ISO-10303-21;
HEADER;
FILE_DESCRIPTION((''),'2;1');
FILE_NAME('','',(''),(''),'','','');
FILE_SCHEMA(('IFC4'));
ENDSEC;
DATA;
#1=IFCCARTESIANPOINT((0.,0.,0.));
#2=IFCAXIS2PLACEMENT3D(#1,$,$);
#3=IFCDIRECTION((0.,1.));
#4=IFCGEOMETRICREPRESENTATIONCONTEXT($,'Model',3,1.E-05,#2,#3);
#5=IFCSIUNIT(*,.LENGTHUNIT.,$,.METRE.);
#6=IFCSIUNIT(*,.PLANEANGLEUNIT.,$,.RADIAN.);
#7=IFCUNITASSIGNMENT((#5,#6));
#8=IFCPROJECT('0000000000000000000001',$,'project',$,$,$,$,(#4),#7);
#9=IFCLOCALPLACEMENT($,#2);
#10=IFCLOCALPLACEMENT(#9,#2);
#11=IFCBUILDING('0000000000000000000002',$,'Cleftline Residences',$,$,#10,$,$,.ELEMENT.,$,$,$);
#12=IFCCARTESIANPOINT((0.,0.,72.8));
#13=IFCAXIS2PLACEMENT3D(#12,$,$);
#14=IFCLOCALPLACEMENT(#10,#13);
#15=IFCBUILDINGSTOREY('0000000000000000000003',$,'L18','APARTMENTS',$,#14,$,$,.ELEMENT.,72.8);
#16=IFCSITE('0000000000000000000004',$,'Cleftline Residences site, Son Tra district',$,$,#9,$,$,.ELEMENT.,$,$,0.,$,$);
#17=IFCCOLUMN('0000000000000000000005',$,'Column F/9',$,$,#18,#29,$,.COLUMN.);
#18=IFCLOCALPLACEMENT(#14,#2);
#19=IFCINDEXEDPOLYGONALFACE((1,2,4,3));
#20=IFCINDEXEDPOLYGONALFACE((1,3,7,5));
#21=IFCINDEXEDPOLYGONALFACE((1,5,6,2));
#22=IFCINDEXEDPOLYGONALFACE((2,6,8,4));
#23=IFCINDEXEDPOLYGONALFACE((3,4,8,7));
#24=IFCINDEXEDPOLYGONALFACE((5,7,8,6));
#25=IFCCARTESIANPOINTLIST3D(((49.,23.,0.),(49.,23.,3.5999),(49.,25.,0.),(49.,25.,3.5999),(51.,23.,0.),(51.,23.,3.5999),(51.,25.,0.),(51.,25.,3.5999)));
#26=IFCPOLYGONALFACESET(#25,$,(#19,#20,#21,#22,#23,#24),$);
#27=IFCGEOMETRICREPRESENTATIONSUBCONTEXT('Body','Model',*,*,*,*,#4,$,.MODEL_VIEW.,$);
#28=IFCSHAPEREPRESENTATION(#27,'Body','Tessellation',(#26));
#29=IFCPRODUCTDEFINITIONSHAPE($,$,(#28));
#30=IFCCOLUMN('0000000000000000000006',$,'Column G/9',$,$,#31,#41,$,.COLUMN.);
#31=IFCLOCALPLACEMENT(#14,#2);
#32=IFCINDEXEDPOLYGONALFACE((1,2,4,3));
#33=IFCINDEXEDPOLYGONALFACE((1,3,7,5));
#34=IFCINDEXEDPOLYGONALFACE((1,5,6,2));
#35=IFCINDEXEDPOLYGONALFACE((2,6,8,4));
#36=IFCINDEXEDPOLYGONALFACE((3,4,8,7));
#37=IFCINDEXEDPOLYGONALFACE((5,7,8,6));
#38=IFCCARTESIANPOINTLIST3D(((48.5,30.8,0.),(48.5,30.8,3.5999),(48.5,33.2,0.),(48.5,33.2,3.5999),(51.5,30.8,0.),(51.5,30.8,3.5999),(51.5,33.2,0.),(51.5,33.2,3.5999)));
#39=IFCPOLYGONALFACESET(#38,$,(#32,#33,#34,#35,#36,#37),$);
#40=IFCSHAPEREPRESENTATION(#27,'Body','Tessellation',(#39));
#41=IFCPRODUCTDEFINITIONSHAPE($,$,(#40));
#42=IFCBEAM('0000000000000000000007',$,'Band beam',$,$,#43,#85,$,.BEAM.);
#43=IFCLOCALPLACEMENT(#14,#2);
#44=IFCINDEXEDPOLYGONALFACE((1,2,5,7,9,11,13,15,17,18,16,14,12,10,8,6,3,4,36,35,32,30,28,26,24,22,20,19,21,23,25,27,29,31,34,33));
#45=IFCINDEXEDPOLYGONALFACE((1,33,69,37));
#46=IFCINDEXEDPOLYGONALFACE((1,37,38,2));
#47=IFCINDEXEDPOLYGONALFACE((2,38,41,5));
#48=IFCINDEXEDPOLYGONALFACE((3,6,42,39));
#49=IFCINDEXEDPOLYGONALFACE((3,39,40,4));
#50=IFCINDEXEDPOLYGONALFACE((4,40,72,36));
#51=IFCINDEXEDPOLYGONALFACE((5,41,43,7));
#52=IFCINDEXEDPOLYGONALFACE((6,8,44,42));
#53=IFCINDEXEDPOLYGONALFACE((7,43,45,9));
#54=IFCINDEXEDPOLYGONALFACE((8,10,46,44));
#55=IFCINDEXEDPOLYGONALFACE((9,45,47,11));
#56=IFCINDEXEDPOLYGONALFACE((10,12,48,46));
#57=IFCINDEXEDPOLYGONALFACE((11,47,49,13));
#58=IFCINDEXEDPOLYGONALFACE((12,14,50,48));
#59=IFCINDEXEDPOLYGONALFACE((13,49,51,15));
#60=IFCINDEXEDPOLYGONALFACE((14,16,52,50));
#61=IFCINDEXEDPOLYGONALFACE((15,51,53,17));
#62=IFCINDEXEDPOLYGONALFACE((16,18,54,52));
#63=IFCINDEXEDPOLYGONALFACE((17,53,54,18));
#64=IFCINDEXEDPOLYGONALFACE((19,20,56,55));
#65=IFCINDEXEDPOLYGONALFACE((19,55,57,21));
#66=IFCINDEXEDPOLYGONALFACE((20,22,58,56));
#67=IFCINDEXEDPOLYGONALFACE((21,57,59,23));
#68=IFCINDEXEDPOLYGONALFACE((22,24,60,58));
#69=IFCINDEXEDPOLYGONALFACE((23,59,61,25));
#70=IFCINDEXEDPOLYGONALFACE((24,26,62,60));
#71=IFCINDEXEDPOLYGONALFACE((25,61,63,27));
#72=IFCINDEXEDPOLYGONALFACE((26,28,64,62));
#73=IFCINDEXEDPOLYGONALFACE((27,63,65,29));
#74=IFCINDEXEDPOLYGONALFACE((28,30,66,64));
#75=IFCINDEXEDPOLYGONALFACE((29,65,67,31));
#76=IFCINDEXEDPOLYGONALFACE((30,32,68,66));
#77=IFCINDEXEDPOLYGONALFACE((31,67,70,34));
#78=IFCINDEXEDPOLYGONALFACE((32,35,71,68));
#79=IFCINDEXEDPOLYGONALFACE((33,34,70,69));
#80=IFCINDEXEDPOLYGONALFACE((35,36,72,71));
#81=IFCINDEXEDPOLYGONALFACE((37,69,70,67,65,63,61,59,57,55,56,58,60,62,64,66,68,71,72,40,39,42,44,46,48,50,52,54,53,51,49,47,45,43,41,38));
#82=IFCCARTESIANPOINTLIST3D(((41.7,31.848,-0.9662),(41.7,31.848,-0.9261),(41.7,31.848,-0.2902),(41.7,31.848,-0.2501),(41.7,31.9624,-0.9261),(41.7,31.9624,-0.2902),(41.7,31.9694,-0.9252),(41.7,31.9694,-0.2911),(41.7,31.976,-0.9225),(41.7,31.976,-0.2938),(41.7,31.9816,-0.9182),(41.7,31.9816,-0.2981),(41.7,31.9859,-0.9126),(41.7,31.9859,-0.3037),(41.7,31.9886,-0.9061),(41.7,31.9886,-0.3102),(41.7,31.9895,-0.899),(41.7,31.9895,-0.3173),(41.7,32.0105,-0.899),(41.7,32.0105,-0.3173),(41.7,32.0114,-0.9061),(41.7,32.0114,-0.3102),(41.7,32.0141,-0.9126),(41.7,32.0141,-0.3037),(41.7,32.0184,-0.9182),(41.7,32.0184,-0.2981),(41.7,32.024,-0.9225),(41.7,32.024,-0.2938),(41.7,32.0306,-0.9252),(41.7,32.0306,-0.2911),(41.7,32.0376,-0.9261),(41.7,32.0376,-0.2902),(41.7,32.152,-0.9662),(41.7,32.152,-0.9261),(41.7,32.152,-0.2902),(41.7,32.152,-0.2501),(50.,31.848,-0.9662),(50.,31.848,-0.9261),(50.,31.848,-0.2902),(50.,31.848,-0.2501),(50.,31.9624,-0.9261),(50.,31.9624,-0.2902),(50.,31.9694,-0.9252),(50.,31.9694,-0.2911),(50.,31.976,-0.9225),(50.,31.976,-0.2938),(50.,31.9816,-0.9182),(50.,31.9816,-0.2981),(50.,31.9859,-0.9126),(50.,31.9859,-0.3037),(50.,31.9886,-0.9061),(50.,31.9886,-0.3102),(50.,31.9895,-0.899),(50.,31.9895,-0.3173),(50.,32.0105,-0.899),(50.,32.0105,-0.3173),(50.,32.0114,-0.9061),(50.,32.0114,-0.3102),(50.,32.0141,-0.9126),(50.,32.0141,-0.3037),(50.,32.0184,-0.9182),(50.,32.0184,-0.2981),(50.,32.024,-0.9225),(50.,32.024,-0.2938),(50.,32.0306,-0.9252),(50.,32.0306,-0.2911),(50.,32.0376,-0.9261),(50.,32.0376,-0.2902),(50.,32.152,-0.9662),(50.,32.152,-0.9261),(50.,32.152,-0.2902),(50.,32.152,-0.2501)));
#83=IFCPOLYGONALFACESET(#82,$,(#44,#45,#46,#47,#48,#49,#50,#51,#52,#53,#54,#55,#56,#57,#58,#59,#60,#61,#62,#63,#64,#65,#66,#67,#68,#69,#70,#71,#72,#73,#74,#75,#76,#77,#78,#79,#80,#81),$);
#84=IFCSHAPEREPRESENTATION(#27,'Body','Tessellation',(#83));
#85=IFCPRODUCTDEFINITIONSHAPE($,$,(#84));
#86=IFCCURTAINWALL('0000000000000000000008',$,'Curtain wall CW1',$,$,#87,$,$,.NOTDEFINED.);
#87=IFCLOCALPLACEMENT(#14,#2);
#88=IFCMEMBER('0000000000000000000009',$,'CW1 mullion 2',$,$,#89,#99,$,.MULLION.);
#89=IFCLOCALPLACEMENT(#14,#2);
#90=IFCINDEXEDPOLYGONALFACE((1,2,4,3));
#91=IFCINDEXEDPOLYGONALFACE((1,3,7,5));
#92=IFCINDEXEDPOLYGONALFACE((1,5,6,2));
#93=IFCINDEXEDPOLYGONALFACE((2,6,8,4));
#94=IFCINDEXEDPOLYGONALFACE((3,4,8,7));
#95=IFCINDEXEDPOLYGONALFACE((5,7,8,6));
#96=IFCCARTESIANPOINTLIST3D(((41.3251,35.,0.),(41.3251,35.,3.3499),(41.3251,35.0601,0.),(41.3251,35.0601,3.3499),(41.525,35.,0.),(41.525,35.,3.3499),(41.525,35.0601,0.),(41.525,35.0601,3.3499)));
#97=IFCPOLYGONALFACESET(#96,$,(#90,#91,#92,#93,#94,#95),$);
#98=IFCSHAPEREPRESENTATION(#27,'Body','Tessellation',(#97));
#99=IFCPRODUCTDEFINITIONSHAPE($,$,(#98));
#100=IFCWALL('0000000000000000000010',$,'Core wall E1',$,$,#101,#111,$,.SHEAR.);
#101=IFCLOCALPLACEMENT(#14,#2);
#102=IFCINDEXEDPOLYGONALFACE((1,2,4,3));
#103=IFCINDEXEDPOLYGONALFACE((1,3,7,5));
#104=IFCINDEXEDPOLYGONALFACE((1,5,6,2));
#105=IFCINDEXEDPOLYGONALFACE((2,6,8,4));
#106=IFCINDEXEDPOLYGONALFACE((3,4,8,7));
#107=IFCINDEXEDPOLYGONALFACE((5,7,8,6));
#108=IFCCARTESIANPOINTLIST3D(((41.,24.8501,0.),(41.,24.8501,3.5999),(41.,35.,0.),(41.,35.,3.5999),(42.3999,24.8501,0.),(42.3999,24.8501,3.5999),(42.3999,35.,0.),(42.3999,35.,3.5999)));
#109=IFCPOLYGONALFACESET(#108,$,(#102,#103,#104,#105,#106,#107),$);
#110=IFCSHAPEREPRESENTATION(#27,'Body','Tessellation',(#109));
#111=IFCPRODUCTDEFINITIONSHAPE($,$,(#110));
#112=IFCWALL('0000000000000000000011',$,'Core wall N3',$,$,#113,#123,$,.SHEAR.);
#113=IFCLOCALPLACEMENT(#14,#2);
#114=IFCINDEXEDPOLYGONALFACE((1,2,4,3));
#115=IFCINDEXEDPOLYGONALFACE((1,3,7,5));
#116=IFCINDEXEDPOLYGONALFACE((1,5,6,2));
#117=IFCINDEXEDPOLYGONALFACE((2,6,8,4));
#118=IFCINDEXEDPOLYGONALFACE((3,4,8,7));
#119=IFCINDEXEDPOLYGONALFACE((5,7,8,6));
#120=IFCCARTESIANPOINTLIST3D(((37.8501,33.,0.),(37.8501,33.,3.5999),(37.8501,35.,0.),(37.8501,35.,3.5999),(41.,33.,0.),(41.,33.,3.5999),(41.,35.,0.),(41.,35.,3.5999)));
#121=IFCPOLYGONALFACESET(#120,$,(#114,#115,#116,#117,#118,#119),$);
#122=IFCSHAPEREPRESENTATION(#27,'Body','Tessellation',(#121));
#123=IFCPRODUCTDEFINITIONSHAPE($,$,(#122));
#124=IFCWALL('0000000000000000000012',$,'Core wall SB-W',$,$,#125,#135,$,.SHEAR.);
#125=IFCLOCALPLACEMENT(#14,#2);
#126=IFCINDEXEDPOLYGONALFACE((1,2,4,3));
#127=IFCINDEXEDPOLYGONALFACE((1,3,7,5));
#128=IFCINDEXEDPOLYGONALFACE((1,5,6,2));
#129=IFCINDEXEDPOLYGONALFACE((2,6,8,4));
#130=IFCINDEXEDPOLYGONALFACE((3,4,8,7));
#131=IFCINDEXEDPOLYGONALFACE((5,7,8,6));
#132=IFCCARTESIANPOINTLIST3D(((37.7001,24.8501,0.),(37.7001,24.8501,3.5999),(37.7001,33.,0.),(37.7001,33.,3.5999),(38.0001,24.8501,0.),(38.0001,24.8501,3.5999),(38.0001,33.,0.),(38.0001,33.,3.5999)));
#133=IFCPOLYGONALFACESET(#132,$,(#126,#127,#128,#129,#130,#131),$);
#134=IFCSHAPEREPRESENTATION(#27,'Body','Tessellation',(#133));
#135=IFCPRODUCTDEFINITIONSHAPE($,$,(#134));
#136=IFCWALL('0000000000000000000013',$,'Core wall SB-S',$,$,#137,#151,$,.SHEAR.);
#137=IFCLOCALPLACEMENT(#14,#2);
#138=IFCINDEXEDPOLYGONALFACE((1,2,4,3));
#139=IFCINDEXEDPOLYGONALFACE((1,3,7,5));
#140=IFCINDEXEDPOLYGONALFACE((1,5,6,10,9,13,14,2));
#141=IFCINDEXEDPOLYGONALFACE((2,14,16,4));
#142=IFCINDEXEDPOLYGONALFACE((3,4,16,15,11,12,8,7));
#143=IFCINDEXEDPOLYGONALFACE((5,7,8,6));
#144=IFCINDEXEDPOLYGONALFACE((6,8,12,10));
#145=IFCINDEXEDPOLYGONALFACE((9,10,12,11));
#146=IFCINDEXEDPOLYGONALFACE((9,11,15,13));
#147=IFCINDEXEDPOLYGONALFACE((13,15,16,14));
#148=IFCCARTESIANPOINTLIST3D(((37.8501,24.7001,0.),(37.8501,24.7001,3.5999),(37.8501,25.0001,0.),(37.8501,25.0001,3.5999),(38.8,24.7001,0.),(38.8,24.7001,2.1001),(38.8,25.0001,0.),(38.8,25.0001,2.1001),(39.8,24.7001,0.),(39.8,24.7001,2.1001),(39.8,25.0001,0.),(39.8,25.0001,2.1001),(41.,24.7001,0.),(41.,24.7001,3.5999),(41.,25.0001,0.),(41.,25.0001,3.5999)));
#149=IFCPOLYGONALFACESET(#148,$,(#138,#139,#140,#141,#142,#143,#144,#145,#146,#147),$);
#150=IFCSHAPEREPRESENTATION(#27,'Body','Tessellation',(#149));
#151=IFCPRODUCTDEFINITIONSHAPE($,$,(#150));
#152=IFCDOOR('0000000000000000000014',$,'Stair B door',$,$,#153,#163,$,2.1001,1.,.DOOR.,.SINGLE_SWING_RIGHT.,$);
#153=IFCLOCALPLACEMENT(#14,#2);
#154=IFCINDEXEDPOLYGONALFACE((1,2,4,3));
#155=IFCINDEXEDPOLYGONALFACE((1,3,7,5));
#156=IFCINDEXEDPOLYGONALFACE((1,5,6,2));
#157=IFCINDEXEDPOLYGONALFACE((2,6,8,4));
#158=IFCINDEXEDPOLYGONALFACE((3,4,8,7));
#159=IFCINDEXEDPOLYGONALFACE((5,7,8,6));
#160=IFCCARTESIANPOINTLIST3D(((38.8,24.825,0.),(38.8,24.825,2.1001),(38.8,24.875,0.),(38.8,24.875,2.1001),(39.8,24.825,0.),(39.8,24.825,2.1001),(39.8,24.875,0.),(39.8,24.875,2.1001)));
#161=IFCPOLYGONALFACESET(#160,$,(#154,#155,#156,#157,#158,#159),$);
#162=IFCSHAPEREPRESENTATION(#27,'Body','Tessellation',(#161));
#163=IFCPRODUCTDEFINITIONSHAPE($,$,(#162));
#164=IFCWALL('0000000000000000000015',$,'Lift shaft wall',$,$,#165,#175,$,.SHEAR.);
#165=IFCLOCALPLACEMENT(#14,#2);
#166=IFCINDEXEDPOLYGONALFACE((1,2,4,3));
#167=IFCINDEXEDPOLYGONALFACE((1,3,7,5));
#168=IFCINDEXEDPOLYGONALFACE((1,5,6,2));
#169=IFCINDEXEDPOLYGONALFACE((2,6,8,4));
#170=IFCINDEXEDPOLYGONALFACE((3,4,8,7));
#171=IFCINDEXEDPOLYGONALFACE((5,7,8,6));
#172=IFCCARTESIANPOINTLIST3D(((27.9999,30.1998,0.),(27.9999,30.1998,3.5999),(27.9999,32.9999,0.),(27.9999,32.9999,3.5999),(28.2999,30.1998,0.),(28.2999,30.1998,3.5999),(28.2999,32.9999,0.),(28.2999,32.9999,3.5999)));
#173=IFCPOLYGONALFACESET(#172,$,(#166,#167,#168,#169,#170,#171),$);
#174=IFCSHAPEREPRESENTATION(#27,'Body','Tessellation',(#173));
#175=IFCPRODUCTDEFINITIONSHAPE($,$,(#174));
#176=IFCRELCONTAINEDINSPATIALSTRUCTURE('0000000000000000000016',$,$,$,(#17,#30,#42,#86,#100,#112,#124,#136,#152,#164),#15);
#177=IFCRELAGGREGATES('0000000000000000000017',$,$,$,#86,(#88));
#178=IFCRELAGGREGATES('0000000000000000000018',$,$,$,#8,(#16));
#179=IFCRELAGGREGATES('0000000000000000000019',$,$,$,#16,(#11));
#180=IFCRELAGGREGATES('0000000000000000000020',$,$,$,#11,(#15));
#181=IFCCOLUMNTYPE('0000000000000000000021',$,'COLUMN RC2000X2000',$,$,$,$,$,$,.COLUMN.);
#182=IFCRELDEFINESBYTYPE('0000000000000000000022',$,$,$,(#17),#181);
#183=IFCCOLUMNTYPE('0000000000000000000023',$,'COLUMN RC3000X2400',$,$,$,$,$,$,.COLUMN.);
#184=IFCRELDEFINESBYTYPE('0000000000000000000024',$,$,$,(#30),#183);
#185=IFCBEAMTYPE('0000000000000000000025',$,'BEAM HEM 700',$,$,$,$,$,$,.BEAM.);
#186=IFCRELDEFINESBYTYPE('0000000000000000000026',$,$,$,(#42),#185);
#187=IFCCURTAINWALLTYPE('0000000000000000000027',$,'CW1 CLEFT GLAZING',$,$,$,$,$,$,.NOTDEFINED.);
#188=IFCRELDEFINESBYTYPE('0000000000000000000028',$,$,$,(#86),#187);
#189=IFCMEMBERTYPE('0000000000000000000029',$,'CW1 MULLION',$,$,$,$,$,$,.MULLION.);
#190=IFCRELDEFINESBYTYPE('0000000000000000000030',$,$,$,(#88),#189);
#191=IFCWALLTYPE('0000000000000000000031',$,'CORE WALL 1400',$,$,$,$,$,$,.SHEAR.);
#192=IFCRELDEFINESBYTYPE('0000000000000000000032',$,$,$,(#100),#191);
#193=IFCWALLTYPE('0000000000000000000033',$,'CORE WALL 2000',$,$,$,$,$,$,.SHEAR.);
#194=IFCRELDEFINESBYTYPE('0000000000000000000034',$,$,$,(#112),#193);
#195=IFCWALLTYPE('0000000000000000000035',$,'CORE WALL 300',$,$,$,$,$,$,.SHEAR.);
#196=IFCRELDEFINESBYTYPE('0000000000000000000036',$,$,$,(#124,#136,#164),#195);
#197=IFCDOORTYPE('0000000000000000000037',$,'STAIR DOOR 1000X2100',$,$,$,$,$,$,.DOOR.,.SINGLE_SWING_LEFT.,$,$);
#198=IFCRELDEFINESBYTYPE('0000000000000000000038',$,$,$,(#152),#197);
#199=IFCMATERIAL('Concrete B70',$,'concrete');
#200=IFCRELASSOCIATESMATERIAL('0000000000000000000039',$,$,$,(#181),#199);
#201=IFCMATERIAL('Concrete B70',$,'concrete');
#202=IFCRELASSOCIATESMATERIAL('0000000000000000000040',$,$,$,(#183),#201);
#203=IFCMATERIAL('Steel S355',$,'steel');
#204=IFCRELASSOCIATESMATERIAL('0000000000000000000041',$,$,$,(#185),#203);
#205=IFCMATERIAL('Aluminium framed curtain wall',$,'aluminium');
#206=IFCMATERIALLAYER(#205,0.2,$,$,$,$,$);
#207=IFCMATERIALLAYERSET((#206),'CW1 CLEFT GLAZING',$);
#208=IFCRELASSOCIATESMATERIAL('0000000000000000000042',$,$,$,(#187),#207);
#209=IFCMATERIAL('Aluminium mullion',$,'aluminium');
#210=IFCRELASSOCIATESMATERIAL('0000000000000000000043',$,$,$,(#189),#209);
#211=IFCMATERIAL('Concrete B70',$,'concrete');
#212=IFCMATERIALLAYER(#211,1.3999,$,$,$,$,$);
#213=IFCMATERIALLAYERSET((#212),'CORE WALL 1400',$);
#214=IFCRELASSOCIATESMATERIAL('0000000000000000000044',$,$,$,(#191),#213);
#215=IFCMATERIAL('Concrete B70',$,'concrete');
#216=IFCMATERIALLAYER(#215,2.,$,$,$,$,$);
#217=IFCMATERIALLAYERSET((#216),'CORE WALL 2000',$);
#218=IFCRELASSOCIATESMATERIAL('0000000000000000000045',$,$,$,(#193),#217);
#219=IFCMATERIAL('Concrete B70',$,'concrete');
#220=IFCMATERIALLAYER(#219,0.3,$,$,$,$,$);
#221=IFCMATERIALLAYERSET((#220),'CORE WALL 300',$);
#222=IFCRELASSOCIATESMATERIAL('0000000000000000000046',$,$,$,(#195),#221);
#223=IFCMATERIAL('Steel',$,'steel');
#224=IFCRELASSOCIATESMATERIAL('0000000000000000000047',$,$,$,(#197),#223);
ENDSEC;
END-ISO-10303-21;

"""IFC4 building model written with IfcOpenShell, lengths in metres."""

from ifc_helpers import new_model, si_unit, direction, frame, frame_2d, origin, origin_2d, place, context, subcontext, project, spatial, rectangle, i_section, extrude, material, layer, layer_set, material_profile, profile_set, type_object, element, fill, aggregate, save


model = new_model("IFC4")

# Units and contexts
model_context = context("Model", 3, precision=1e-05, world=origin(), true_north=direction((0.0, 1.0)))
body_context = subcontext(model_context, "Body", "Model", "MODEL_VIEW")
ifc_project = project(units=[si_unit("LENGTHUNIT", "METRE"), si_unit("PLANEANGLEUNIT", "RADIAN")], contexts=[model_context])

# Site, building, storey
site_placement = place(None, origin())
site = spatial("IfcSite", under=ifc_project, at=site_placement, Name="Cleftline Residences site, Son Tra district", CompositionType="ELEMENT", RefElevation=0.0)
building_placement = place(site_placement, origin())
building = spatial("IfcBuilding", under=site, at=building_placement, Name="Cleftline Residences", CompositionType="ELEMENT")
storey_placement = place(building_placement, frame((0.0, 0.0, 72.8)))
storey = spatial("IfcBuildingStorey", under=building, at=storey_placement, Name="L18", Description="APARTMENTS", CompositionType="ELEMENT", Elevation=72.8)

# Columns
ifc_material_1 = material(Name="Concrete B70", Category="concrete")
ifc_material_profile_1 = material_profile(ifc_material_1, rectangle(XDim=2.0, YDim=2.0, at=origin_2d()))
ifc_profile_set_1 = profile_set([ifc_material_profile_1], Name="Concrete B70")
column_type_1 = type_object("IfcColumnType", Name="COLUMN RC2000X2000", PredefinedType="COLUMN", material=ifc_profile_set_1)
column_1_placement = place(storey_placement, frame((50.0, 24.0, 0.0), z_axis=(0.0, 0.0, 1.0), x_axis=(1.0, 0.0, 0.0)))
element("IfcColumn", 1, at=column_1_placement, inside=storey, type_object=column_type_1, Name="Column F/9", PredefinedType="COLUMN", context=body_context, shape_type="SweptSolid", body=[
    extrude(rectangle(XDim=2.0, YDim=2.0, at=origin_2d()), origin(), (0.0, 0.0, 1.0), 3.5999),
])
ifc_material_2 = material(Name="Concrete B70", Category="concrete")
ifc_material_profile_2 = material_profile(ifc_material_2, rectangle(XDim=3.0, YDim=2.3999, at=origin_2d()))
ifc_profile_set_2 = profile_set([ifc_material_profile_2], Name="Concrete B70")
column_type_2 = type_object("IfcColumnType", Name="COLUMN RC3000X2400", PredefinedType="COLUMN", material=ifc_profile_set_2)
column_2_placement = place(storey_placement, frame((50.0, 32.0, 0.0), z_axis=(0.0, 0.0, 1.0), x_axis=(1.0, 0.0, 0.0)))
element("IfcColumn", 2, at=column_2_placement, inside=storey, type_object=column_type_2, Name="Column G/9", PredefinedType="COLUMN", context=body_context, shape_type="SweptSolid", body=[
    extrude(rectangle(XDim=3.0, YDim=2.3999, at=origin_2d()), origin(), (0.0, 0.0, 1.0), 3.5999),
])

# Beam
ifc_material_3 = material(Name="Steel S355", Category="steel")
ifc_material_profile_3 = material_profile(ifc_material_3, i_section(OverallWidth=0.304, OverallDepth=0.7161, WebThickness=0.021, FlangeThickness=0.04, FilletRadius=0.0271, at=origin_2d()))
ifc_profile_set_3 = profile_set([ifc_material_profile_3], Name="Steel S355")
beam_type = type_object("IfcBeamType", Name="BEAM HEM 700", PredefinedType="BEAM", material=ifc_profile_set_3)
beam_placement = place(storey_placement, frame((50.0, 32.0, -0.6082), z_axis=(-1.0, 0.0, 0.0), x_axis=(0.0, -1.0, 0.0)))
element("IfcBeam", 3, at=beam_placement, inside=storey, type_object=beam_type, Name="Band beam", PredefinedType="BEAM", context=body_context, shape_type="SweptSolid", body=[
    extrude(i_section(OverallWidth=0.304, OverallDepth=0.7161, WebThickness=0.021, FlangeThickness=0.04, FilletRadius=0.0271, at=origin_2d()), origin(), (0.0, 0.0, 1.0), 8.3),
])

# Curtain wall, member
ifc_material_4 = material(Name="Aluminium framed curtain wall", Category="aluminium")
ifc_layer_1 = layer(ifc_material_4, 0.2)
ifc_layer_set_1 = layer_set([ifc_layer_1], Name="CW1 CLEFT GLAZING")
curtain_wall_type = type_object("IfcCurtainWallType", Name="CW1 CLEFT GLAZING", PredefinedType="NOTDEFINED", material=ifc_layer_set_1)
curtain_wall_placement = place(storey_placement, origin())
curtain_wall = element("IfcCurtainWall", 4, at=curtain_wall_placement, inside=storey, type_object=curtain_wall_type, Name="Curtain wall CW1", PredefinedType="NOTDEFINED")
ifc_material_5 = material(Name="Aluminium mullion", Category="aluminium")
ifc_material_profile_4 = material_profile(ifc_material_5, rectangle(XDim=0.2, YDim=0.0601, at=origin_2d()))
ifc_profile_set_4 = profile_set([ifc_material_profile_4], Name="Aluminium mullion")
member_type = type_object("IfcMemberType", Name="CW1 MULLION", PredefinedType="MULLION", material=ifc_profile_set_4)
member_placement = place(storey_placement, frame((41.425, 35.03, 0.0), z_axis=(0.0, 0.0, 1.0), x_axis=(1.0, 0.0, 0.0)))
member = element("IfcMember", 5, at=member_placement, type_object=member_type, Name="CW1 mullion 2", PredefinedType="MULLION", context=body_context, shape_type="SweptSolid", body=[
    extrude(rectangle(XDim=0.2, YDim=0.0601, at=origin_2d()), origin(), (0.0, 0.0, 1.0), 3.3499),
])
aggregate(curtain_wall, [member])

# Walls
ifc_material_6 = material(Name="Concrete B70", Category="concrete")
ifc_layer_2 = layer(ifc_material_6, 1.3999)
ifc_layer_set_2 = layer_set([ifc_layer_2], Name="CORE WALL 1400")
wall_type_1 = type_object("IfcWallType", Name="CORE WALL 1400", PredefinedType="SHEAR", material=ifc_layer_set_2)
wall_1_placement = place(storey_placement, frame((41.7, 24.8501, 0.0), z_axis=(0.0, 0.0, 1.0), x_axis=(0.0, 1.0, 0.0)))
element("IfcWall", 6, at=wall_1_placement, inside=storey, type_object=wall_type_1, Name="Core wall E1", PredefinedType="SHEAR", context=body_context, shape_type="SweptSolid", body=[
    extrude(rectangle(XDim=10.1499, YDim=1.3999, at=frame_2d((5.075, 0.0))), origin(), (0.0, 0.0, 1.0), 3.5999),
])
ifc_material_7 = material(Name="Concrete B70", Category="concrete")
ifc_layer_3 = layer(ifc_material_7, 2.0)
ifc_layer_set_3 = layer_set([ifc_layer_3], Name="CORE WALL 2000")
wall_type_2 = type_object("IfcWallType", Name="CORE WALL 2000", PredefinedType="SHEAR", material=ifc_layer_set_3)
wall_2_placement = place(storey_placement, frame((37.8501, 34.0, 0.0), z_axis=(0.0, 0.0, 1.0), x_axis=(1.0, 0.0, 0.0)))
element("IfcWall", 7, at=wall_2_placement, inside=storey, type_object=wall_type_2, Name="Core wall N3", PredefinedType="SHEAR", context=body_context, shape_type="SweptSolid", body=[
    extrude(rectangle(XDim=3.1499, YDim=2.0, at=frame_2d((1.575, 0.0))), origin(), (0.0, 0.0, 1.0), 3.5999),
])
ifc_material_8 = material(Name="Concrete B70", Category="concrete")
ifc_layer_4 = layer(ifc_material_8, 0.3)
ifc_layer_set_4 = layer_set([ifc_layer_4], Name="CORE WALL 300")
wall_type_3 = type_object("IfcWallType", Name="CORE WALL 300", PredefinedType="SHEAR", material=ifc_layer_set_4)
wall_3_placement = place(storey_placement, frame((37.8501, 24.8501, 0.0), z_axis=(0.0, 0.0, 1.0), x_axis=(0.0, 1.0, 0.0)))
element("IfcWall", 8, at=wall_3_placement, inside=storey, type_object=wall_type_3, Name="Core wall SB-W", PredefinedType="SHEAR", context=body_context, shape_type="SweptSolid", body=[
    extrude(rectangle(XDim=8.1499, YDim=0.3, at=frame_2d((4.075, 0.0))), origin(), (0.0, 0.0, 1.0), 3.5999),
])

# Wall, opening, door
wall_4_placement = place(storey_placement, frame((37.8501, 24.8501, 0.0), z_axis=(0.0, 0.0, 1.0), x_axis=(1.0, 0.0, 0.0)))
wall_4 = element("IfcWall", 9, at=wall_4_placement, inside=storey, type_object=wall_type_3, Name="Core wall SB-S", PredefinedType="SHEAR", context=body_context, shape_type="SweptSolid", body=[
    extrude(rectangle(XDim=3.1499, YDim=0.3, at=frame_2d((1.575, 0.0))), origin(), (0.0, 0.0, 1.0), 3.5999),
])
opening_1_placement = place(wall_4_placement, frame((0.95, 0.0, 0.0)))
opening_1 = element("IfcOpeningElement", 10, at=opening_1_placement, cuts=wall_4, PredefinedType="OPENING", context=body_context, shape_type="SweptSolid", body=[
    extrude(rectangle(XDim=1.0, YDim=2.1001, at=frame_2d((0.5, 1.05))), frame((0.0, 0.1599, 0.0), z_axis=(0.0, -1.0, 0.0), x_axis=(1.0, 0.0, 0.0)), (0.0, 0.0, 1.0), 0.3201),
])
ifc_material_9 = material(Name="Steel", Category="steel")
door_type_1 = type_object("IfcDoorType", Name="STAIR DOOR 1000X2100", OperationType="SINGLE_SWING_LEFT", PredefinedType="DOOR", material=ifc_material_9)
door_1_placement = place(opening_1_placement, origin())
door_1 = element("IfcDoor", 11, at=door_1_placement, inside=storey, type_object=door_type_1, Name="Stair B door", OperationType="SINGLE_SWING_RIGHT", OverallHeight=2.1001, OverallWidth=1.0, PredefinedType="DOOR", context=body_context, shape_type="SweptSolid", body=[
    extrude(rectangle(XDim=1.0, YDim=2.1001, at=frame_2d((0.5, 1.05))), frame((0.0, 0.0249, 0.0), z_axis=(0.0, -1.0, 0.0), x_axis=(1.0, 0.0, 0.0)), (0.0, 0.0, 1.0), 0.05),
])
fill(opening_1, door_1)

# Wall
wall_5_placement = place(storey_placement, frame((28.1499, 30.2, 0.0), z_axis=(0.0, 0.0, 1.0), x_axis=(0.0, 1.0, 0.0)))
element("IfcWall", 12, at=wall_5_placement, inside=storey, type_object=wall_type_3, Name="Lift shaft wall", PredefinedType="SHEAR", context=body_context, shape_type="SweptSolid", body=[
    extrude(rectangle(XDim=2.8, YDim=0.3, at=frame_2d((1.3999, 0.0))), origin(), (0.0, 0.0, 1.0), 3.5999),
])

save(model, "model.ifc")
